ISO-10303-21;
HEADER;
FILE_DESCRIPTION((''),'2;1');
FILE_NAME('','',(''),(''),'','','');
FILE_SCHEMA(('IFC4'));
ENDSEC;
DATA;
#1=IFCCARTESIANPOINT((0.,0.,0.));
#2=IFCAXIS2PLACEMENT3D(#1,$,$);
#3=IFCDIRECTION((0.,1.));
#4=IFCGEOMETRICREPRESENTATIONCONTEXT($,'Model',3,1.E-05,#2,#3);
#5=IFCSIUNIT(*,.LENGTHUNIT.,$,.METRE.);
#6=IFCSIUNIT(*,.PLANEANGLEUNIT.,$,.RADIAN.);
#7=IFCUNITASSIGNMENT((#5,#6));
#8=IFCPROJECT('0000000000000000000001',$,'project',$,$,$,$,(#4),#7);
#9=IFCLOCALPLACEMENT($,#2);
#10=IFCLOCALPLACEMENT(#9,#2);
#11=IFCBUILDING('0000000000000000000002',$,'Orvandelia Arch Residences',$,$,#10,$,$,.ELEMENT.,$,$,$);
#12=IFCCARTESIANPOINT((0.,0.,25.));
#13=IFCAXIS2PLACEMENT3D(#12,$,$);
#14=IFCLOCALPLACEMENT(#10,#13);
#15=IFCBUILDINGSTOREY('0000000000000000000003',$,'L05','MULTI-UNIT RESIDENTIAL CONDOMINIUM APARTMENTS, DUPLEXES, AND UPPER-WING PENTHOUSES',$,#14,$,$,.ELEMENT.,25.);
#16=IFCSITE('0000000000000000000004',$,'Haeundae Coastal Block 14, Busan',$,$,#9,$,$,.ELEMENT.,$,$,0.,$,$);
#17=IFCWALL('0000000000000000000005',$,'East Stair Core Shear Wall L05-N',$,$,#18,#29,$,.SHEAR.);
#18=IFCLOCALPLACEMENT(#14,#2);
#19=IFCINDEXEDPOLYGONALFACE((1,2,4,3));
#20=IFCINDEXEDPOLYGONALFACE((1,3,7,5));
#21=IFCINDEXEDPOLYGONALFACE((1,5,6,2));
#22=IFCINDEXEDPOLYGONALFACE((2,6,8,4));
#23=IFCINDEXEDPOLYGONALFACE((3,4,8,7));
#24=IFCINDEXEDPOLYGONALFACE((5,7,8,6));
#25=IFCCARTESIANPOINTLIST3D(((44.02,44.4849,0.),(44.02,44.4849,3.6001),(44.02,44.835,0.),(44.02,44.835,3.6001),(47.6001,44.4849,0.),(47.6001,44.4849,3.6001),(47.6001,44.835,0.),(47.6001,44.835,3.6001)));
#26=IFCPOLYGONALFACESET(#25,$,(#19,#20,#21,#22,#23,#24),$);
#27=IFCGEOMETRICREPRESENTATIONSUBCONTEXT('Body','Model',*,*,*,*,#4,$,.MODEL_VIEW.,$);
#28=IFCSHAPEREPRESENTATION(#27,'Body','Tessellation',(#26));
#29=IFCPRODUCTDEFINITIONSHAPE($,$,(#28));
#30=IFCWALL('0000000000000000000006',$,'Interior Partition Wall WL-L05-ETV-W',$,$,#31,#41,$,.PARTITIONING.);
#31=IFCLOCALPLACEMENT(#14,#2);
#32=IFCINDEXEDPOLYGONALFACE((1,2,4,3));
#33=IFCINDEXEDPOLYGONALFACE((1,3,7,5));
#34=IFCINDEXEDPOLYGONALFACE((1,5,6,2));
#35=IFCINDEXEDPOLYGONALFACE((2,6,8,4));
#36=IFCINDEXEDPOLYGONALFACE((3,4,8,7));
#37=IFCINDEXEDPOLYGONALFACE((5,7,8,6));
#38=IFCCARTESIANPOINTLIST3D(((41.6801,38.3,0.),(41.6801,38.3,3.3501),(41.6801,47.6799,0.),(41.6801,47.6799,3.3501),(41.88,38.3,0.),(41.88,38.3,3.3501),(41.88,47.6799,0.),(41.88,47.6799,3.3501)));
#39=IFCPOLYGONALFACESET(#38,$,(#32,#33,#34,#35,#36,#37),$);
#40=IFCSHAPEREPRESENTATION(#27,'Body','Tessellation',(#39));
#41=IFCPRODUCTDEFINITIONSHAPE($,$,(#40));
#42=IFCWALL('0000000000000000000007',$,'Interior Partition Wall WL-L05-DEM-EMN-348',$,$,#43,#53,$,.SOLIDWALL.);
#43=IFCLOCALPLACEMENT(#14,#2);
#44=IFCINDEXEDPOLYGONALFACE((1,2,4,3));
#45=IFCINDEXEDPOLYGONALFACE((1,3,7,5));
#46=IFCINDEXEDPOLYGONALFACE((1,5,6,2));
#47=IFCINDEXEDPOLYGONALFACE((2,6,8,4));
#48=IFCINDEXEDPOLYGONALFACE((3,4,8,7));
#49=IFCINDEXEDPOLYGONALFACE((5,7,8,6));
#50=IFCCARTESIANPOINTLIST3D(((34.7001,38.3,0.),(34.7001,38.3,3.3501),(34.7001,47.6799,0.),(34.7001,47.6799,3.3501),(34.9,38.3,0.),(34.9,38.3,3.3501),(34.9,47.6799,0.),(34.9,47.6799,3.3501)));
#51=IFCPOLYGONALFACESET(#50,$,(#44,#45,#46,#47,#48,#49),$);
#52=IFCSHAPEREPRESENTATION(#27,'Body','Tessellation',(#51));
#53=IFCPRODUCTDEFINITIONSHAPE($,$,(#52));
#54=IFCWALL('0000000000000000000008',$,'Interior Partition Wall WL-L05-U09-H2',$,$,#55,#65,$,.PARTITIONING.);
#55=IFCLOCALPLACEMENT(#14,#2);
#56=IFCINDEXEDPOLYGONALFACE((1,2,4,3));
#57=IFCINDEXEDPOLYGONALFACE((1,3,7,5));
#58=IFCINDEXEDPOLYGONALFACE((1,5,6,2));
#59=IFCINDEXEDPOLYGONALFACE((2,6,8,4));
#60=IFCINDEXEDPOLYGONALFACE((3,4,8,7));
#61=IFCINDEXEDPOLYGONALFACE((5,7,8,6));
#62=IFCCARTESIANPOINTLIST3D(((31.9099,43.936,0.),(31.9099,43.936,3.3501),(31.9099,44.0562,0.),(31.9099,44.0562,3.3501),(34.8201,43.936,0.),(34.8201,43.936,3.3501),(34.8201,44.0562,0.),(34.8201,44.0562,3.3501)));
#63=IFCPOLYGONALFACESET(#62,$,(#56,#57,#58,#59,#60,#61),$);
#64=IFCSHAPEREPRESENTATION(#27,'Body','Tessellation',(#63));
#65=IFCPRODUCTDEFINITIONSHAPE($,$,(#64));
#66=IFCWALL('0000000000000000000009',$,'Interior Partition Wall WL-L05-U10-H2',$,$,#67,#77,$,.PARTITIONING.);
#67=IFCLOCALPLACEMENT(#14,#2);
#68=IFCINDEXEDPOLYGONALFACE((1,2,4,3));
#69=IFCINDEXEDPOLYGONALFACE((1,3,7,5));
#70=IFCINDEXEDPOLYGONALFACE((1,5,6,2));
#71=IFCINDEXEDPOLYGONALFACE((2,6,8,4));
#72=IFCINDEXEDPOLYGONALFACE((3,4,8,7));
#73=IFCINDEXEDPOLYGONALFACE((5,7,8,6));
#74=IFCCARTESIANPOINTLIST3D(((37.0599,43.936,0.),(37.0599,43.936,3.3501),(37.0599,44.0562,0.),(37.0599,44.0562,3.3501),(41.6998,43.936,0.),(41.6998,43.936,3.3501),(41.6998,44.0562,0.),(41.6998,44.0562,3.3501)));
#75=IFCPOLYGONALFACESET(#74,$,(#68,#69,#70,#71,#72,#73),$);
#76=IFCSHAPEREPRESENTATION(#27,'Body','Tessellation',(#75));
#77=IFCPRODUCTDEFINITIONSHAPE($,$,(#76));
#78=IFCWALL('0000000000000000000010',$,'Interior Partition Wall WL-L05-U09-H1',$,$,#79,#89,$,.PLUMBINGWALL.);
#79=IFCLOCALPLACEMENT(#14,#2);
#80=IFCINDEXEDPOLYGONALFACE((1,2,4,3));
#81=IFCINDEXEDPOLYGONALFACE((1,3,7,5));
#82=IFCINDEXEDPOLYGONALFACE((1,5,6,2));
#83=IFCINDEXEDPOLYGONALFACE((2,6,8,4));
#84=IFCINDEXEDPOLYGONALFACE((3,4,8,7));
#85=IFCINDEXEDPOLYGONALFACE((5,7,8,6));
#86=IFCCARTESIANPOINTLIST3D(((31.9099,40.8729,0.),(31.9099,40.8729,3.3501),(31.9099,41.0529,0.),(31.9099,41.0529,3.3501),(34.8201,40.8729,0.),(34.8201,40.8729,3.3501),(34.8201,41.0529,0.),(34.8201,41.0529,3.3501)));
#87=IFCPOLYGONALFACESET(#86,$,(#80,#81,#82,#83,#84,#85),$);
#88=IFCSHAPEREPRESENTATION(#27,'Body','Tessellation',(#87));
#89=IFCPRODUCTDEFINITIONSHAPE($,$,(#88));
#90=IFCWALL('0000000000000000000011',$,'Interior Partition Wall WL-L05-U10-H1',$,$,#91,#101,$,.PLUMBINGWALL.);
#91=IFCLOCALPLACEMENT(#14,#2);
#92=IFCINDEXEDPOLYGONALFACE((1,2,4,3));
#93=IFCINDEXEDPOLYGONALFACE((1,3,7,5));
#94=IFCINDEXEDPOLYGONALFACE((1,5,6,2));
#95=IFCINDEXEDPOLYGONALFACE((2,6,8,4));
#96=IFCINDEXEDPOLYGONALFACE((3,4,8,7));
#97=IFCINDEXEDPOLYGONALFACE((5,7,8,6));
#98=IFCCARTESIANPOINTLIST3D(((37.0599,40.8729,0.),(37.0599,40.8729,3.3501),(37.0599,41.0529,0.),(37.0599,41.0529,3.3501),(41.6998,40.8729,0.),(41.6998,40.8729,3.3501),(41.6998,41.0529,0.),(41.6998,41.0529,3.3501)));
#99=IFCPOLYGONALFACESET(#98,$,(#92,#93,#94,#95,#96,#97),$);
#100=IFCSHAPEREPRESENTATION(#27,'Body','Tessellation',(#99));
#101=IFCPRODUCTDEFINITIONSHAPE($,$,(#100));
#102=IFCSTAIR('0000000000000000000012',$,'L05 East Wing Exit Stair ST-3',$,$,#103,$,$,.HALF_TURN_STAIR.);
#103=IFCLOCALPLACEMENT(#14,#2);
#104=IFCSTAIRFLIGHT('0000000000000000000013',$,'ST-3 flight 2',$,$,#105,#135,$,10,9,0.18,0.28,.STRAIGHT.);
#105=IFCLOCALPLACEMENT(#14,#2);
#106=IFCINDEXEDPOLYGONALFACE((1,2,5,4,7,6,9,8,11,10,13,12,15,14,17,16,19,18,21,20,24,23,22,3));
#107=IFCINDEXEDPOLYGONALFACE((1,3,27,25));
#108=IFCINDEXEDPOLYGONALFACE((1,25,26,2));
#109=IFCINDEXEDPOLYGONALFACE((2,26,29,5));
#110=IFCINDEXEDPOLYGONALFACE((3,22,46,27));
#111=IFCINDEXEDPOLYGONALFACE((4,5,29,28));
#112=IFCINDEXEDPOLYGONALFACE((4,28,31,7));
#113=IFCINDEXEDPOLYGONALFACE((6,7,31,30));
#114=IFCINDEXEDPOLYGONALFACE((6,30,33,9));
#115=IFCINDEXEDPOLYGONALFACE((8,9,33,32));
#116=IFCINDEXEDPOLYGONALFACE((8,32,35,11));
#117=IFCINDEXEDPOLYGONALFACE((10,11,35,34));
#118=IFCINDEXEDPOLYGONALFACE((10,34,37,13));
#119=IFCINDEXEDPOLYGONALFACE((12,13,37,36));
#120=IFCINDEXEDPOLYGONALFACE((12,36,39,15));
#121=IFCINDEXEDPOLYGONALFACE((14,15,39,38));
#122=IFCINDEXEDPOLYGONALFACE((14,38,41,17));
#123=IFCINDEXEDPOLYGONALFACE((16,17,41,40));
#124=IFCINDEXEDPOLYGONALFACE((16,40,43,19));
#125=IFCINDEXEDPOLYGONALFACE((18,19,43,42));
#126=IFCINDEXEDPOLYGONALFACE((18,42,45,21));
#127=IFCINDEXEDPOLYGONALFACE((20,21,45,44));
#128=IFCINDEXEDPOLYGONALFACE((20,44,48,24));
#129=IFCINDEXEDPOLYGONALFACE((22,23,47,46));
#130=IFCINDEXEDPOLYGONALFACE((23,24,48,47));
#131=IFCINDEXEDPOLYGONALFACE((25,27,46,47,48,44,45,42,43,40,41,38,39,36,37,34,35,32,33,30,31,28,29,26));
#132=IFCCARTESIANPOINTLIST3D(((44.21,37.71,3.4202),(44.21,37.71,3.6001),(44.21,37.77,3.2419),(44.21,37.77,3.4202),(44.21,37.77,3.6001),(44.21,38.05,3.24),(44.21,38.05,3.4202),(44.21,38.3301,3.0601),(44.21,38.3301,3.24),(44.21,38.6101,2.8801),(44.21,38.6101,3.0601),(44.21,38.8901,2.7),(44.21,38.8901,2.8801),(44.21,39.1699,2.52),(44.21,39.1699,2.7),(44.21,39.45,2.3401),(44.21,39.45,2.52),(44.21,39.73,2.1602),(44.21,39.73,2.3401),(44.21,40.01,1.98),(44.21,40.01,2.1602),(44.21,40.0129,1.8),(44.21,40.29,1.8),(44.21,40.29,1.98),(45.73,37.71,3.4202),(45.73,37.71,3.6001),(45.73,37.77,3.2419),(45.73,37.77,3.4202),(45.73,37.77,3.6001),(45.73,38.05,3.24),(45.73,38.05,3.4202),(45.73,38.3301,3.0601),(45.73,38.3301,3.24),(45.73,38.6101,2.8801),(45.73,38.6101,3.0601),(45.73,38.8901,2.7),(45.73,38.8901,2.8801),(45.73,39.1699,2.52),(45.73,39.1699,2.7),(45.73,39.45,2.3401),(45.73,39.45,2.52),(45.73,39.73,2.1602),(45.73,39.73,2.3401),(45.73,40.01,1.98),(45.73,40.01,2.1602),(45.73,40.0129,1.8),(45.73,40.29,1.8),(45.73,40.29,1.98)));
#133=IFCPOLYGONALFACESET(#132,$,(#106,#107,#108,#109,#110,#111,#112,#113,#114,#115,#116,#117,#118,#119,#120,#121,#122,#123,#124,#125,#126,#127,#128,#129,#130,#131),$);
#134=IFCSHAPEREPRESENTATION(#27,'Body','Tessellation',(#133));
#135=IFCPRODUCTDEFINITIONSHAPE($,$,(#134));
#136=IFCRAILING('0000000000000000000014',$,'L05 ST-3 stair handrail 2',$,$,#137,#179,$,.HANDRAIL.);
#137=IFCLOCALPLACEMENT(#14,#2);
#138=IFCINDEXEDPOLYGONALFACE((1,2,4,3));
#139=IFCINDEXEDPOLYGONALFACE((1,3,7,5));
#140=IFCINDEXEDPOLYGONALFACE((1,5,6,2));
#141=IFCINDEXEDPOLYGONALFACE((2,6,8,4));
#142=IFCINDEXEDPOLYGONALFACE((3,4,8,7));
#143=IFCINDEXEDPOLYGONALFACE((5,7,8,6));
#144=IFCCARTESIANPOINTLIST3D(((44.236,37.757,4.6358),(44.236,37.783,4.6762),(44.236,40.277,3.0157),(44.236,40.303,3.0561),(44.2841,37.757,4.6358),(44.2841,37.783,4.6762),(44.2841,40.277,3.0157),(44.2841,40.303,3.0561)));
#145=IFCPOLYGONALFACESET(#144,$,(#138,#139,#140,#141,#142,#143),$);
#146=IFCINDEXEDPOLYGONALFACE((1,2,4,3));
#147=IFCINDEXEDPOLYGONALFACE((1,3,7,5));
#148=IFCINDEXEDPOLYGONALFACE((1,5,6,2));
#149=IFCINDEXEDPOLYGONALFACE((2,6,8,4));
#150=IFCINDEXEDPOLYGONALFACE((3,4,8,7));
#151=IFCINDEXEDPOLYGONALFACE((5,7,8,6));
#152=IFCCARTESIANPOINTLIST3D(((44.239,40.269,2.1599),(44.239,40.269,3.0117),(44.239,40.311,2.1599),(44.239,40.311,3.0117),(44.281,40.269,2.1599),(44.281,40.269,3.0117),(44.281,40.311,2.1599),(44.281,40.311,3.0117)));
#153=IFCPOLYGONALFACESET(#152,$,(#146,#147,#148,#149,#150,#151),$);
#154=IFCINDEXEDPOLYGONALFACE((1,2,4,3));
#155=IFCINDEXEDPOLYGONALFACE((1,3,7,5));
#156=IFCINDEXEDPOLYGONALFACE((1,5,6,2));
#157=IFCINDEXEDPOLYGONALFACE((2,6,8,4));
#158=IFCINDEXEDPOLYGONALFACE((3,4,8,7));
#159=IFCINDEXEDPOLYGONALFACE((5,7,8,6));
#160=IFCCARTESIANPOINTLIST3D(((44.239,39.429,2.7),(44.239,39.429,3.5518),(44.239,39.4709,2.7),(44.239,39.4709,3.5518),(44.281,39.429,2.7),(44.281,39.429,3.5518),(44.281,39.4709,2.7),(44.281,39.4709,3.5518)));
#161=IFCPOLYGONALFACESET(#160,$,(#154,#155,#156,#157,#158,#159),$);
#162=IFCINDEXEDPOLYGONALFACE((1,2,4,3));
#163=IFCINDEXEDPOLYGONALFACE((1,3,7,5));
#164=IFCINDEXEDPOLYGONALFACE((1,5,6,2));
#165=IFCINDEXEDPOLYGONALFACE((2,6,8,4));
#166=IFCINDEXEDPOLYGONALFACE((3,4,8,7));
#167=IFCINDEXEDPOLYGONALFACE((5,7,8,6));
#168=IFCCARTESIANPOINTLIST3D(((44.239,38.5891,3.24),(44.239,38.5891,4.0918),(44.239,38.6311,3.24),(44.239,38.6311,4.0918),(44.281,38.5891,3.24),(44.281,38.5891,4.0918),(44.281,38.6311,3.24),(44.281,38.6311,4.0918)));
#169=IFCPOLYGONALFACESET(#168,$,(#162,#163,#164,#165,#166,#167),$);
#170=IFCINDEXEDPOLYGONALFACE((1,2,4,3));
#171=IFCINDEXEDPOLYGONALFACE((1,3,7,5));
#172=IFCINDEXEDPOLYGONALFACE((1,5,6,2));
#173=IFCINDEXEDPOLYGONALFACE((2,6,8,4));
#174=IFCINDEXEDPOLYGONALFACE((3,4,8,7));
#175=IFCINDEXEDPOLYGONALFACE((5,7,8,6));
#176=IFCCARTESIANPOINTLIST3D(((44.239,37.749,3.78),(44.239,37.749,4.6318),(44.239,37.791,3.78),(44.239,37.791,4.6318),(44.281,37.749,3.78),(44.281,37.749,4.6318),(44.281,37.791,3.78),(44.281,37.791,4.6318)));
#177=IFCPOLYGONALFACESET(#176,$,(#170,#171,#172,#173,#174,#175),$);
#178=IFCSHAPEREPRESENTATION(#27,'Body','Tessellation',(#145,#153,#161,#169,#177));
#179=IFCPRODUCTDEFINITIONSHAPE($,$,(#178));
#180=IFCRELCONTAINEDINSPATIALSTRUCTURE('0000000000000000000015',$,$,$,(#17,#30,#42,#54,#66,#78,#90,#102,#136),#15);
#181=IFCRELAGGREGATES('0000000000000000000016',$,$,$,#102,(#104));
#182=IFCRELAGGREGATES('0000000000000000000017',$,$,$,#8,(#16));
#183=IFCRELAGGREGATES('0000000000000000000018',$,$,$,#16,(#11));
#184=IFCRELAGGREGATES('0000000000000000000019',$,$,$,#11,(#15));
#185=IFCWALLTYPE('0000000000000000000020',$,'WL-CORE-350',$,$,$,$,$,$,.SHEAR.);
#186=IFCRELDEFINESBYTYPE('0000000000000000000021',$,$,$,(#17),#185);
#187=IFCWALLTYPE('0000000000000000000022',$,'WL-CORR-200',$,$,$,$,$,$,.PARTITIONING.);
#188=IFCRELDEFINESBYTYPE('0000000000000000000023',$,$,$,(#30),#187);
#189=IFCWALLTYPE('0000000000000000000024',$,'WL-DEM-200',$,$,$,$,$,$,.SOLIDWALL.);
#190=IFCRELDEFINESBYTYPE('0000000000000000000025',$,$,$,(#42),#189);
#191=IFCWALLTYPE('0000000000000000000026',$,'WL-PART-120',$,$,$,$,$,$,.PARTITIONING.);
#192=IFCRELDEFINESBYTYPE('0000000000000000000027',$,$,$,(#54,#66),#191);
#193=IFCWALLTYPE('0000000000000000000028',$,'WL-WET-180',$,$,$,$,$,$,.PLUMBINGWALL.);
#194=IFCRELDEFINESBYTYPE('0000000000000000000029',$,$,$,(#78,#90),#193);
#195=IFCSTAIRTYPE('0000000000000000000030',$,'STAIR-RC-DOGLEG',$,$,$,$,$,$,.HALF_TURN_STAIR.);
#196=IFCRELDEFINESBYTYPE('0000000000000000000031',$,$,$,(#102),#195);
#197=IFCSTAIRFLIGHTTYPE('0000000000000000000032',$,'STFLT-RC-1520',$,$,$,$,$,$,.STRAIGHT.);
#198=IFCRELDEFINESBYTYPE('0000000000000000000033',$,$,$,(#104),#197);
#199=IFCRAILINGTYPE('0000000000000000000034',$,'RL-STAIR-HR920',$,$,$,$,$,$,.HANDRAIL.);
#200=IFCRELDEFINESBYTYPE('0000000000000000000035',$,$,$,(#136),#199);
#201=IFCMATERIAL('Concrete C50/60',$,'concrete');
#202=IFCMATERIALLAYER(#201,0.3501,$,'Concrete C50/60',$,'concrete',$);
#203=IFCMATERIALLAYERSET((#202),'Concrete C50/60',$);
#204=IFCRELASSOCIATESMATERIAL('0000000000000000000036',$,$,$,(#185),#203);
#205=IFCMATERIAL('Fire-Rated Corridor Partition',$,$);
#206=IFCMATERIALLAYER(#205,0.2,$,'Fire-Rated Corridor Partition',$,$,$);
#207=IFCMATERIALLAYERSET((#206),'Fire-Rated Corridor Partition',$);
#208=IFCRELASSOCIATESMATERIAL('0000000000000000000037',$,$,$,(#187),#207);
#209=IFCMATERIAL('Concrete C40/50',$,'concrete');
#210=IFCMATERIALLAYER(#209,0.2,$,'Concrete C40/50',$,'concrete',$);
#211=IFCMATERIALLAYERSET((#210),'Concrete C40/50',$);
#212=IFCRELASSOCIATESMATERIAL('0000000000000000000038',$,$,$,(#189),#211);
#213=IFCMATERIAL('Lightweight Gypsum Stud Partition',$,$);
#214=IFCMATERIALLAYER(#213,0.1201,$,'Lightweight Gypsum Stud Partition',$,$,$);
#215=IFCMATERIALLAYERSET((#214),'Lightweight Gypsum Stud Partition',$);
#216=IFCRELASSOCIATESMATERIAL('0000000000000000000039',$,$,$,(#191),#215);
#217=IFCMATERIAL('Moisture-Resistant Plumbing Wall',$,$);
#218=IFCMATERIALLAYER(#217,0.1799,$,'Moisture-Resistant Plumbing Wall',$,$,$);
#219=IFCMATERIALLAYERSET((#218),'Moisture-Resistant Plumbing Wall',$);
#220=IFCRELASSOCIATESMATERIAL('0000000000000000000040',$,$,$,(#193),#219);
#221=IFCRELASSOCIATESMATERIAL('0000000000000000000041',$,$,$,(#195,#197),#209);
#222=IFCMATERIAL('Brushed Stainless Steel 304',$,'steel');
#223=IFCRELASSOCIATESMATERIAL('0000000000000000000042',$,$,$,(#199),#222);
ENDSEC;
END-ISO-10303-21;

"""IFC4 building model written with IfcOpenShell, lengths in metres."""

from ifc_helpers import new_model, si_unit, direction, frame, frame_2d, origin, origin_2d, place, context, subcontext, project, spatial, polyline, rectangle, outline, extrude, material, layer, layer_set, type_object, element, aggregate, save


model = new_model("IFC4")

# Units and contexts
model_context = context("Model", 3, precision=1e-05, world=origin(), true_north=direction((0.0, 1.0)))
body_context = subcontext(model_context, "Body", "Model", "MODEL_VIEW")
ifc_project = project(units=[si_unit("LENGTHUNIT", "METRE"), si_unit("PLANEANGLEUNIT", "RADIAN")], contexts=[model_context])

# Site, building, storey
site_placement = place(None, origin())
site = spatial("IfcSite", under=ifc_project, at=site_placement, Name="Haeundae Coastal Block 14, Busan", CompositionType="ELEMENT", RefElevation=0.0)
building_placement = place(site_placement, origin())
building = spatial("IfcBuilding", under=site, at=building_placement, Name="Orvandelia Arch Residences", CompositionType="ELEMENT")
storey_placement = place(building_placement, frame((0.0, 0.0, 25.0)))
storey = spatial("IfcBuildingStorey", under=building, at=storey_placement, Name="L05", Description="MULTI-UNIT RESIDENTIAL CONDOMINIUM APARTMENTS, DUPLEXES, AND UPPER-WING PENTHOUSES", CompositionType="ELEMENT", Elevation=25.0)

# Walls
ifc_material_1 = material(Name="Concrete C50/60", Category="concrete")
ifc_layer_1 = layer(ifc_material_1, 0.3501, Name="Concrete C50/60", Category="concrete")
ifc_layer_set_1 = layer_set([ifc_layer_1], Name="Concrete C50/60")
wall_type_1 = type_object("IfcWallType", Name="WL-CORE-350", PredefinedType="SHEAR", material=ifc_layer_set_1)
for number, where, z_axis, x_axis, name in (
    (1, (44.02, 44.6599, 0.0), (0.0, 0.0, 1.0), (1.0, 0.0, 0.0), "East Stair Core Shear Wall L05-N"),
):
    element("IfcWall", number, at=place(storey_placement, frame(where, z_axis=z_axis, x_axis=x_axis)), inside=storey, type_object=wall_type_1, Name=name, PredefinedType="SHEAR", context=body_context, shape_type="SweptSolid", body=[
        extrude(rectangle(XDim=3.5801, YDim=0.3501, at=frame_2d((1.79, 0.0))), origin(), (0.0, 0.0, 1.0), 3.6001),
    ])
ifc_material_2 = material(Name="Fire-Rated Corridor Partition")
ifc_layer_2 = layer(ifc_material_2, 0.2, Name="Fire-Rated Corridor Partition")
ifc_layer_set_2 = layer_set([ifc_layer_2], Name="Fire-Rated Corridor Partition")
wall_type_2 = type_object("IfcWallType", Name="WL-CORR-200", PredefinedType="PARTITIONING", material=ifc_layer_set_2)
wall_1_placement = place(storey_placement, frame((41.78, 38.3, 0.0), z_axis=(0.0, 0.0, 1.0), x_axis=(0.0, 1.0, 0.0)))
element("IfcWall", 2, at=wall_1_placement, inside=storey, type_object=wall_type_2, Name="Interior Partition Wall WL-L05-ETV-W", PredefinedType="PARTITIONING", context=body_context, shape_type="SweptSolid", body=[
    extrude(rectangle(XDim=9.3799, YDim=0.2, at=frame_2d((4.6899, 0.0))), origin(), (0.0, 0.0, 1.0), 3.3501),
])
ifc_material_3 = material(Name="Concrete C40/50", Category="concrete")
ifc_layer_3 = layer(ifc_material_3, 0.2, Name="Concrete C40/50", Category="concrete")
ifc_layer_set_3 = layer_set([ifc_layer_3], Name="Concrete C40/50")
wall_type_3 = type_object("IfcWallType", Name="WL-DEM-200", PredefinedType="SOLIDWALL", material=ifc_layer_set_3)
wall_2_placement = place(storey_placement, frame((34.8, 38.3, 0.0), z_axis=(0.0, 0.0, 1.0), x_axis=(0.0, 1.0, 0.0)))
element("IfcWall", 3, at=wall_2_placement, inside=storey, type_object=wall_type_3, Name="Interior Partition Wall WL-L05-DEM-EMN-348", PredefinedType="SOLIDWALL", context=body_context, shape_type="SweptSolid", body=[
    extrude(rectangle(XDim=9.3799, YDim=0.2, at=frame_2d((4.6899, 0.0))), origin(), (0.0, 0.0, 1.0), 3.3501),
])
ifc_material_4 = material(Name="Lightweight Gypsum Stud Partition")
ifc_layer_4 = layer(ifc_material_4, 0.1201, Name="Lightweight Gypsum Stud Partition")
ifc_layer_set_4 = layer_set([ifc_layer_4], Name="Lightweight Gypsum Stud Partition")
wall_type_4 = type_object("IfcWallType", Name="WL-PART-120", PredefinedType="PARTITIONING", material=ifc_layer_set_4)
wall_3_placement = place(storey_placement, frame((31.9099, 43.9961, 0.0), z_axis=(0.0, 0.0, 1.0), x_axis=(1.0, 0.0, 0.0)))
element("IfcWall", 4, at=wall_3_placement, inside=storey, type_object=wall_type_4, Name="Interior Partition Wall WL-L05-U09-H2", PredefinedType="PARTITIONING", context=body_context, shape_type="SweptSolid", body=[
    extrude(rectangle(XDim=2.9102, YDim=0.1201, at=frame_2d((1.4551, 0.0))), origin(), (0.0, 0.0, 1.0), 3.3501),
])
wall_4_placement = place(storey_placement, frame((37.0601, 43.9961, 0.0), z_axis=(0.0, 0.0, 1.0), x_axis=(1.0, 0.0, 0.0)))
element("IfcWall", 5, at=wall_4_placement, inside=storey, type_object=wall_type_4, Name="Interior Partition Wall WL-L05-U10-H2", PredefinedType="PARTITIONING", context=body_context, shape_type="SweptSolid", body=[
    extrude(rectangle(XDim=4.6399, YDim=0.1201, at=frame_2d((2.3198, 0.0))), origin(), (0.0, 0.0, 1.0), 3.3501),
])

# Shared definitions
ifc_material_5 = material(Name="Moisture-Resistant Plumbing Wall")
ifc_layer_5 = layer(ifc_material_5, 0.1799, Name="Moisture-Resistant Plumbing Wall")
ifc_layer_set_5 = layer_set([ifc_layer_5], Name="Moisture-Resistant Plumbing Wall")
wall_type_5 = type_object("IfcWallType", Name="WL-WET-180", PredefinedType="PLUMBINGWALL", material=ifc_layer_set_5)

# Wall
wall_5_placement = place(storey_placement, frame((31.9099, 40.9629, 0.0), z_axis=(0.0, 0.0, 1.0), x_axis=(1.0, 0.0, 0.0)))
element("IfcWall", 6, at=wall_5_placement, inside=storey, type_object=wall_type_5, Name="Interior Partition Wall WL-L05-U09-H1", PredefinedType="PLUMBINGWALL", context=body_context, shape_type="SweptSolid", body=[
    extrude(rectangle(XDim=2.9102, YDim=0.1799, at=frame_2d((1.4551, 0.0))), origin(), (0.0, 0.0, 1.0), 3.3501),
])

# Wall
wall_6_placement = place(storey_placement, frame((37.0601, 40.9629, 0.0), z_axis=(0.0, 0.0, 1.0), x_axis=(1.0, 0.0, 0.0)))
element("IfcWall", 7, at=wall_6_placement, inside=storey, type_object=wall_type_5, Name="Interior Partition Wall WL-L05-U10-H1", PredefinedType="PLUMBINGWALL", context=body_context, shape_type="SweptSolid", body=[
    extrude(rectangle(XDim=4.6399, YDim=0.1799, at=frame_2d((2.3198, 0.0))), origin(), (0.0, 0.0, 1.0), 3.3501),
])

# Stair, stair flight
stair_type = type_object("IfcStairType", Name="STAIR-RC-DOGLEG", PredefinedType="HALF_TURN_STAIR", material=ifc_material_3)
stair_placement = place(storey_placement, origin())
stair = element("IfcStair", 8, at=stair_placement, inside=storey, type_object=stair_type, Name="L05 East Wing Exit Stair ST-3", PredefinedType="HALF_TURN_STAIR")
stair_flight_type = type_object("IfcStairFlightType", Name="STFLT-RC-1520", PredefinedType="STRAIGHT", material=ifc_material_3)
stair_flight_placement = place(storey_placement, frame((44.97, 40.29, 1.8), z_axis=(0.0, 0.0, 1.0), x_axis=(0.0, -1.0, 0.0)))
stair_flight = element("IfcStairFlight", 9, at=stair_flight_placement, type_object=stair_flight_type, Name="ST-3 flight 2", NumberOfRisers=10, NumberOfTreads=9, PredefinedType="STRAIGHT", RiserHeight=0.18, TreadLength=0.28, context=body_context, shape_type="SweptSolid", body=[
    extrude(outline(polyline([(0.0, 0.0), (0.0, 0.1799), (0.28, 0.1799), (0.28, 0.3601), (0.5601, 0.3601), (0.5601, 0.54), (0.8401, 0.54), (0.8401, 0.72), (1.1201, 0.72), (1.1201, 0.8999), (1.3999, 0.8999), (1.3999, 1.0801), (1.6799, 1.0801), (1.6799, 1.26), (1.96, 1.26), (1.96, 1.4399), (2.24, 1.4399), (2.24, 1.6201), (2.52, 1.6201), (2.52, 1.8), (2.5801, 1.8), (2.5801, 1.6201), (2.52, 1.4419), (0.2771, 0.0), (0.0, 0.0)])), frame((0.0, 0.76, 0.0), z_axis=(0.0, -1.0, 0.0), x_axis=(1.0, 0.0, 0.0)), (0.0, 0.0, 1.0), 1.52),
])
aggregate(stair, [stair_flight])

# Railing
ifc_material_6 = material(Name="Brushed Stainless Steel 304", Category="steel")
railing_type = type_object("IfcRailingType", Name="RL-STAIR-HR920", PredefinedType="HANDRAIL", material=ifc_material_6)
railing_placement = place(storey_placement, frame((44.26, 40.29, 2.1599)))
element("IfcRailing", 10, at=railing_placement, inside=storey, type_object=railing_type, Name="L05 ST-3 stair handrail 2", PredefinedType="HANDRAIL", context=body_context, shape_type="SweptSolid", body=[
    extrude(rectangle(XDim=0.0481, YDim=0.0481, at=origin_2d()), frame((0.0, 0.0, 0.876), z_axis=(0.0, -0.841163, 0.540782), x_axis=(1.0, 0.0, 0.0)), (0.0, 0.0, 1.0), 2.9958),
    extrude(rectangle(XDim=0.042, YDim=0.042, at=origin_2d()), origin(), (0.0, 0.0, 1.0), 0.8518),
    extrude(rectangle(XDim=0.042, YDim=0.042, at=origin_2d()), frame((0.0, -0.8401, 0.54)), (0.0, 0.0, 1.0), 0.8518),
    extrude(rectangle(XDim=0.042, YDim=0.042, at=origin_2d()), frame((0.0, -1.6799, 1.0801)), (0.0, 0.0, 1.0), 0.8518),
    extrude(rectangle(XDim=0.042, YDim=0.042, at=origin_2d()), frame((0.0, -2.52, 1.6201)), (0.0, 0.0, 1.0), 0.8518),
])

save(model, "model.ifc")
